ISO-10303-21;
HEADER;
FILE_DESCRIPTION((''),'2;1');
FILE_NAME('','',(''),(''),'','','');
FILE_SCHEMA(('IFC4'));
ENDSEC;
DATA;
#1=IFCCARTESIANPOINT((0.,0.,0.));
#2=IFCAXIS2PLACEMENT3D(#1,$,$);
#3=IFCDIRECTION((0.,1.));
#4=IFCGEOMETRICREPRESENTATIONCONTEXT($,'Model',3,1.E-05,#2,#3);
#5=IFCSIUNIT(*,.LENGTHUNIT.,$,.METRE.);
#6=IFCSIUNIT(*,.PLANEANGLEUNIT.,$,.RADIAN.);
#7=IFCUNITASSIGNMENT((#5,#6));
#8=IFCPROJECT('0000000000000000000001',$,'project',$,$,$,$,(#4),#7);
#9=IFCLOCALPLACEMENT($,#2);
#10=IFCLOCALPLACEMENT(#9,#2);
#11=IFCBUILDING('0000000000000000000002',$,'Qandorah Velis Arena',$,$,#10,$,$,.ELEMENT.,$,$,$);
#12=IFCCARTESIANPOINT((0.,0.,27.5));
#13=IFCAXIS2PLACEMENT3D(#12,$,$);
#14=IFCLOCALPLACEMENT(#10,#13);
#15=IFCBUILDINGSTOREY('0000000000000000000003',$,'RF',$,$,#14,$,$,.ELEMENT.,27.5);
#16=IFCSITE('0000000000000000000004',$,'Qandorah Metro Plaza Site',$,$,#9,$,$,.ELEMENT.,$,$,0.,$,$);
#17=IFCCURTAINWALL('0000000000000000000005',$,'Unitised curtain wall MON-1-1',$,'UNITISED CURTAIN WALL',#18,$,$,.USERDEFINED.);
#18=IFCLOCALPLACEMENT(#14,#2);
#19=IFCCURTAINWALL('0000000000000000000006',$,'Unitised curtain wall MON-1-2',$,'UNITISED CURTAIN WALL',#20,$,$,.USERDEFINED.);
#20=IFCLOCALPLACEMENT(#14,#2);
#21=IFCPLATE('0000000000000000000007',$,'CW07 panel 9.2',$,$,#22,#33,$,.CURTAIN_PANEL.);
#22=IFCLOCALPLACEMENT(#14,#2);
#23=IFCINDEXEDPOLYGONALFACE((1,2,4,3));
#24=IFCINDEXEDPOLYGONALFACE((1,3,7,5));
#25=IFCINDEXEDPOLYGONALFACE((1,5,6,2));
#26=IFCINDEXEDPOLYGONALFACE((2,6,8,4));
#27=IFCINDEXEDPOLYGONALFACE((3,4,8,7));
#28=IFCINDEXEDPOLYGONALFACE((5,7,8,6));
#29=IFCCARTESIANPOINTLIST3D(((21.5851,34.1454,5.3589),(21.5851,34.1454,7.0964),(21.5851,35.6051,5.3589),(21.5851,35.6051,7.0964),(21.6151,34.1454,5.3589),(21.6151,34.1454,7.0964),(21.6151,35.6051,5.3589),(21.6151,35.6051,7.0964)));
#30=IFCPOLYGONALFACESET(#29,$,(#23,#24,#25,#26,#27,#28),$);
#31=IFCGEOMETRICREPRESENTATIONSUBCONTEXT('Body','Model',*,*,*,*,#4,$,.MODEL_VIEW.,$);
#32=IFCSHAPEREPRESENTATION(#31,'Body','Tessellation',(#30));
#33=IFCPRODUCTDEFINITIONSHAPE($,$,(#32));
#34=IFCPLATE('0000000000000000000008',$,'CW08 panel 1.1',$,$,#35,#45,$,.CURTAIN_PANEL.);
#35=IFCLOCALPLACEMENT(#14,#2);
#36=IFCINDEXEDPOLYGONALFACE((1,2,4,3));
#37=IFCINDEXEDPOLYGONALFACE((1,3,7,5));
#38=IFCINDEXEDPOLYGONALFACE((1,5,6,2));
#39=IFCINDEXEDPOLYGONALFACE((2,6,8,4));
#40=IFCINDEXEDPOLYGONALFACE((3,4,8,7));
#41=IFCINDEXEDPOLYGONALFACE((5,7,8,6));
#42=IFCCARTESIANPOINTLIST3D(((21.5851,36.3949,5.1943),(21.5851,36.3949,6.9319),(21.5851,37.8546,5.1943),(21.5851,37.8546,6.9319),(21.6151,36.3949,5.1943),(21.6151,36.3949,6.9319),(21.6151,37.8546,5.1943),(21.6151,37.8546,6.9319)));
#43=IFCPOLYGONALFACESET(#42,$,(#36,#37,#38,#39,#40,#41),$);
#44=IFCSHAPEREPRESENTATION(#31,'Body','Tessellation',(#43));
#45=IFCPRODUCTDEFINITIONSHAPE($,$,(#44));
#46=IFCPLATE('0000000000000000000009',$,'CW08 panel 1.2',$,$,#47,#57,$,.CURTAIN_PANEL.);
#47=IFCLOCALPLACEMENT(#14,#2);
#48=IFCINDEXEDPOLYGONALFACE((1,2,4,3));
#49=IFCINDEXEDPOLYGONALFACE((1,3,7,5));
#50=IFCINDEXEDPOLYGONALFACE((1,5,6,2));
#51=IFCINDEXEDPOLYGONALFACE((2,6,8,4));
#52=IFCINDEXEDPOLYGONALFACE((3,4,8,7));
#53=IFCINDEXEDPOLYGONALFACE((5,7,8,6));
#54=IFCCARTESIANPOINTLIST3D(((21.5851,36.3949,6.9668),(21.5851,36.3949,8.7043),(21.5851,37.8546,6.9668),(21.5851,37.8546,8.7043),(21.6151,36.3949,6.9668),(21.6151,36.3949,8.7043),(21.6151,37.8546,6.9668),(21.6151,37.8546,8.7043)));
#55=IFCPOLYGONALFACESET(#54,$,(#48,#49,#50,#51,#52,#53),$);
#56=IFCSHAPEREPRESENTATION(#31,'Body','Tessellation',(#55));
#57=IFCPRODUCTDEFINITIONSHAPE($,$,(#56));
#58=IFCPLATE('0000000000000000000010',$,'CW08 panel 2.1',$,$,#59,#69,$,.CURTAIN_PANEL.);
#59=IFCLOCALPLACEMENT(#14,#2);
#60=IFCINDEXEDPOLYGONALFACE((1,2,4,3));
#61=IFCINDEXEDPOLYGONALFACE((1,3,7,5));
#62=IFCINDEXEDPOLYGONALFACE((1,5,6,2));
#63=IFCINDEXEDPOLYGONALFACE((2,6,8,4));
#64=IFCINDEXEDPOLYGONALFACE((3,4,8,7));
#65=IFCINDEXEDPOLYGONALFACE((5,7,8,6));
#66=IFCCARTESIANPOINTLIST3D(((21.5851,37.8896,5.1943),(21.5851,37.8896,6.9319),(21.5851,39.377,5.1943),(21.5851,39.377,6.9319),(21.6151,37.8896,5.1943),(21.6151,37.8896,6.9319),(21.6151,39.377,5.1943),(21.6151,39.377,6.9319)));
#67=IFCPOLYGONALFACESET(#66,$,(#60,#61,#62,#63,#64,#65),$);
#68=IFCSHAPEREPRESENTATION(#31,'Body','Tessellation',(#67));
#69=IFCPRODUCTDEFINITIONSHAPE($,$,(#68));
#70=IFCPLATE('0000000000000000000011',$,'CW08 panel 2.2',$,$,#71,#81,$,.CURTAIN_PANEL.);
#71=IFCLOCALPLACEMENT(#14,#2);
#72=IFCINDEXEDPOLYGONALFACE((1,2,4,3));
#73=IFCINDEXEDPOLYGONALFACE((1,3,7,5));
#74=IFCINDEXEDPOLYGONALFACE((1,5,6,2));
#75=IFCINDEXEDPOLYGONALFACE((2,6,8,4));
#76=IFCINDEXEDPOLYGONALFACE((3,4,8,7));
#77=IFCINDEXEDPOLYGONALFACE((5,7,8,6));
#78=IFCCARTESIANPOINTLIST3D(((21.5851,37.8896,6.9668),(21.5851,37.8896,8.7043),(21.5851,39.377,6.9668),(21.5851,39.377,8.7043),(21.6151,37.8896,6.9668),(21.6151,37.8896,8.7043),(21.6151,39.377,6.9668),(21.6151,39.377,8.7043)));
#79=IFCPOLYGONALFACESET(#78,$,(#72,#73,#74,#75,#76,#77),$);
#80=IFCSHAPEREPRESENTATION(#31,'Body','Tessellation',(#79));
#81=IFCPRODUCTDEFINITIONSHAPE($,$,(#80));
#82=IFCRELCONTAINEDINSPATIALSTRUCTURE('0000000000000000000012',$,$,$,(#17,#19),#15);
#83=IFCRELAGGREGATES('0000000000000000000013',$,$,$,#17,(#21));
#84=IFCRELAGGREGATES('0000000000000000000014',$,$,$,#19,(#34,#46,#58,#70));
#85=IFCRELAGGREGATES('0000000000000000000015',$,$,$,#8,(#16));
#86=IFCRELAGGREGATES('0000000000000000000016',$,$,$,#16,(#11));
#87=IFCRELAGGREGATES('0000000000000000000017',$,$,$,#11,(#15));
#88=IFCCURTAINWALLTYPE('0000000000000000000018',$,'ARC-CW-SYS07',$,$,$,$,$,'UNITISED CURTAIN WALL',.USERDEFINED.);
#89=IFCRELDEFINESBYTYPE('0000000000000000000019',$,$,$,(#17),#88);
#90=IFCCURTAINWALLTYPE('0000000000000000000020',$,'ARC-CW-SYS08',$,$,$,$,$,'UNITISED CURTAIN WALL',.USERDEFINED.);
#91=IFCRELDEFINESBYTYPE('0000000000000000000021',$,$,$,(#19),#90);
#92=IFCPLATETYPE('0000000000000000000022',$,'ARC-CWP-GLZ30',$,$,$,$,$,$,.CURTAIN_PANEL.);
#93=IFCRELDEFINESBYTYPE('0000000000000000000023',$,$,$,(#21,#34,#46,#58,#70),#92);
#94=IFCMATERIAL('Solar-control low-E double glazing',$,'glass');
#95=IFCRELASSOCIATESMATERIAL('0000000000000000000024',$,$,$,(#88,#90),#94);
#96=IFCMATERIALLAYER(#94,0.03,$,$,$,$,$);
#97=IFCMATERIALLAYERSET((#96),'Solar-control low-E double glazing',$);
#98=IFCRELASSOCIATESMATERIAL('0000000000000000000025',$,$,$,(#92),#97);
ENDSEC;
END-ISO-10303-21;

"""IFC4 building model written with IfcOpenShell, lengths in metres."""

from ifc_helpers import new_model, si_unit, direction, frame, origin, origin_2d, place, context, subcontext, project, spatial, rectangle, extrude, material, layer, layer_set, type_object, element, aggregate, save


model = new_model("IFC4")

# Units and contexts
model_context = context("Model", 3, precision=1e-05, world=origin(), true_north=direction((0.0, 1.0)))
body_context = subcontext(model_context, "Body", "Model", "MODEL_VIEW")
ifc_project = project(units=[si_unit("LENGTHUNIT", "METRE"), si_unit("PLANEANGLEUNIT", "RADIAN")], contexts=[model_context])

# Site, building, storey
site_placement = place(None, origin())
site = spatial("IfcSite", under=ifc_project, at=site_placement, Name="Qandorah Metro Plaza Site", CompositionType="ELEMENT", RefElevation=0.0)
building_placement = place(site_placement, origin())
building = spatial("IfcBuilding", under=site, at=building_placement, Name="Qandorah Velis Arena", CompositionType="ELEMENT")
storey_placement = place(building_placement, frame((0.0, 0.0, 27.5)))
storey = spatial("IfcBuildingStorey", under=building, at=storey_placement, Name="RF", CompositionType="ELEMENT", Elevation=27.5)

# Curtain walls
ifc_material_1 = material(Name="Solar-control low-E double glazing", Category="glass")
curtain_wall_type_1 = type_object("IfcCurtainWallType", Name="ARC-CW-SYS07", ElementType="UNITISED CURTAIN WALL", PredefinedType="USERDEFINED", material=ifc_material_1)
curtain_wall_1_placement = place(storey_placement, origin())
curtain_wall_1 = element("IfcCurtainWall", 1, at=curtain_wall_1_placement, inside=storey, type_object=curtain_wall_type_1, Name="Unitised curtain wall MON-1-1", ObjectType="UNITISED CURTAIN WALL", PredefinedType="USERDEFINED")
curtain_wall_type_2 = type_object("IfcCurtainWallType", Name="ARC-CW-SYS08", ElementType="UNITISED CURTAIN WALL", PredefinedType="USERDEFINED", material=ifc_material_1)
curtain_wall_2_placement = place(storey_placement, origin())
curtain_wall_2 = element("IfcCurtainWall", 2, at=curtain_wall_2_placement, inside=storey, type_object=curtain_wall_type_2, Name="Unitised curtain wall MON-1-2", ObjectType="UNITISED CURTAIN WALL", PredefinedType="USERDEFINED")

# Plates
ifc_layer = layer(ifc_material_1, 0.03)
ifc_layer_set = layer_set([ifc_layer], Name="Solar-control low-E double glazing")
plate_type = type_object("IfcPlateType", Name="ARC-CWP-GLZ30", PredefinedType="CURTAIN_PANEL", material=ifc_layer_set)
plate_1_placement = place(storey_placement, frame((21.6001, 34.8752, 5.3589), z_axis=(0.0, 0.0, 1.0), x_axis=(0.0, 1.0, 0.0)))
plate_1 = element("IfcPlate", 3, at=plate_1_placement, type_object=plate_type, Name="CW07 panel 9.2", PredefinedType="CURTAIN_PANEL", context=body_context, shape_type="SweptSolid", body=[
    extrude(rectangle(XDim=1.4597, YDim=0.03, at=origin_2d()), origin(), (0.0, 0.0, 1.0), 1.7375),
])
aggregate(curtain_wall_1, [plate_1])
plate_2_placement = place(storey_placement, frame((21.6001, 37.1248, 5.1943), z_axis=(0.0, 0.0, 1.0), x_axis=(0.0, 1.0, 0.0)))
plate_2 = element("IfcPlate", 4, at=plate_2_placement, type_object=plate_type, Name="CW08 panel 1.1", PredefinedType="CURTAIN_PANEL", context=body_context, shape_type="SweptSolid", body=[
    extrude(rectangle(XDim=1.4597, YDim=0.03, at=origin_2d()), origin(), (0.0, 0.0, 1.0), 1.7375),
])
plate_3_placement = place(storey_placement, frame((21.6001, 37.1248, 6.9668), z_axis=(0.0, 0.0, 1.0), x_axis=(0.0, 1.0, 0.0)))
plate_3 = element("IfcPlate", 5, at=plate_3_placement, type_object=plate_type, Name="CW08 panel 1.2", PredefinedType="CURTAIN_PANEL", context=body_context, shape_type="SweptSolid", body=[
    extrude(rectangle(XDim=1.4597, YDim=0.03, at=origin_2d()), origin(), (0.0, 0.0, 1.0), 1.7375),
])
plate_4_placement = place(storey_placement, frame((21.6001, 38.6333, 5.1943), z_axis=(0.0, 0.0, 1.0), x_axis=(0.0, 1.0, 0.0)))
plate_4 = element("IfcPlate", 6, at=plate_4_placement, type_object=plate_type, Name="CW08 panel 2.1", PredefinedType="CURTAIN_PANEL", context=body_context, shape_type="SweptSolid", body=[
    extrude(rectangle(XDim=1.4873, YDim=0.03, at=origin_2d()), origin(), (0.0, 0.0, 1.0), 1.7375),
])
plate_5_placement = place(storey_placement, frame((21.6001, 38.6333, 6.9668), z_axis=(0.0, 0.0, 1.0), x_axis=(0.0, 1.0, 0.0)))
plate_5 = element("IfcPlate", 7, at=plate_5_placement, type_object=plate_type, Name="CW08 panel 2.2", PredefinedType="CURTAIN_PANEL", context=body_context, shape_type="SweptSolid", body=[
    extrude(rectangle(XDim=1.4873, YDim=0.03, at=origin_2d()), origin(), (0.0, 0.0, 1.0), 1.7375),
])
aggregate(curtain_wall_2, [plate_2, plate_3, plate_4, plate_5])

save(model, "model.ifc")
